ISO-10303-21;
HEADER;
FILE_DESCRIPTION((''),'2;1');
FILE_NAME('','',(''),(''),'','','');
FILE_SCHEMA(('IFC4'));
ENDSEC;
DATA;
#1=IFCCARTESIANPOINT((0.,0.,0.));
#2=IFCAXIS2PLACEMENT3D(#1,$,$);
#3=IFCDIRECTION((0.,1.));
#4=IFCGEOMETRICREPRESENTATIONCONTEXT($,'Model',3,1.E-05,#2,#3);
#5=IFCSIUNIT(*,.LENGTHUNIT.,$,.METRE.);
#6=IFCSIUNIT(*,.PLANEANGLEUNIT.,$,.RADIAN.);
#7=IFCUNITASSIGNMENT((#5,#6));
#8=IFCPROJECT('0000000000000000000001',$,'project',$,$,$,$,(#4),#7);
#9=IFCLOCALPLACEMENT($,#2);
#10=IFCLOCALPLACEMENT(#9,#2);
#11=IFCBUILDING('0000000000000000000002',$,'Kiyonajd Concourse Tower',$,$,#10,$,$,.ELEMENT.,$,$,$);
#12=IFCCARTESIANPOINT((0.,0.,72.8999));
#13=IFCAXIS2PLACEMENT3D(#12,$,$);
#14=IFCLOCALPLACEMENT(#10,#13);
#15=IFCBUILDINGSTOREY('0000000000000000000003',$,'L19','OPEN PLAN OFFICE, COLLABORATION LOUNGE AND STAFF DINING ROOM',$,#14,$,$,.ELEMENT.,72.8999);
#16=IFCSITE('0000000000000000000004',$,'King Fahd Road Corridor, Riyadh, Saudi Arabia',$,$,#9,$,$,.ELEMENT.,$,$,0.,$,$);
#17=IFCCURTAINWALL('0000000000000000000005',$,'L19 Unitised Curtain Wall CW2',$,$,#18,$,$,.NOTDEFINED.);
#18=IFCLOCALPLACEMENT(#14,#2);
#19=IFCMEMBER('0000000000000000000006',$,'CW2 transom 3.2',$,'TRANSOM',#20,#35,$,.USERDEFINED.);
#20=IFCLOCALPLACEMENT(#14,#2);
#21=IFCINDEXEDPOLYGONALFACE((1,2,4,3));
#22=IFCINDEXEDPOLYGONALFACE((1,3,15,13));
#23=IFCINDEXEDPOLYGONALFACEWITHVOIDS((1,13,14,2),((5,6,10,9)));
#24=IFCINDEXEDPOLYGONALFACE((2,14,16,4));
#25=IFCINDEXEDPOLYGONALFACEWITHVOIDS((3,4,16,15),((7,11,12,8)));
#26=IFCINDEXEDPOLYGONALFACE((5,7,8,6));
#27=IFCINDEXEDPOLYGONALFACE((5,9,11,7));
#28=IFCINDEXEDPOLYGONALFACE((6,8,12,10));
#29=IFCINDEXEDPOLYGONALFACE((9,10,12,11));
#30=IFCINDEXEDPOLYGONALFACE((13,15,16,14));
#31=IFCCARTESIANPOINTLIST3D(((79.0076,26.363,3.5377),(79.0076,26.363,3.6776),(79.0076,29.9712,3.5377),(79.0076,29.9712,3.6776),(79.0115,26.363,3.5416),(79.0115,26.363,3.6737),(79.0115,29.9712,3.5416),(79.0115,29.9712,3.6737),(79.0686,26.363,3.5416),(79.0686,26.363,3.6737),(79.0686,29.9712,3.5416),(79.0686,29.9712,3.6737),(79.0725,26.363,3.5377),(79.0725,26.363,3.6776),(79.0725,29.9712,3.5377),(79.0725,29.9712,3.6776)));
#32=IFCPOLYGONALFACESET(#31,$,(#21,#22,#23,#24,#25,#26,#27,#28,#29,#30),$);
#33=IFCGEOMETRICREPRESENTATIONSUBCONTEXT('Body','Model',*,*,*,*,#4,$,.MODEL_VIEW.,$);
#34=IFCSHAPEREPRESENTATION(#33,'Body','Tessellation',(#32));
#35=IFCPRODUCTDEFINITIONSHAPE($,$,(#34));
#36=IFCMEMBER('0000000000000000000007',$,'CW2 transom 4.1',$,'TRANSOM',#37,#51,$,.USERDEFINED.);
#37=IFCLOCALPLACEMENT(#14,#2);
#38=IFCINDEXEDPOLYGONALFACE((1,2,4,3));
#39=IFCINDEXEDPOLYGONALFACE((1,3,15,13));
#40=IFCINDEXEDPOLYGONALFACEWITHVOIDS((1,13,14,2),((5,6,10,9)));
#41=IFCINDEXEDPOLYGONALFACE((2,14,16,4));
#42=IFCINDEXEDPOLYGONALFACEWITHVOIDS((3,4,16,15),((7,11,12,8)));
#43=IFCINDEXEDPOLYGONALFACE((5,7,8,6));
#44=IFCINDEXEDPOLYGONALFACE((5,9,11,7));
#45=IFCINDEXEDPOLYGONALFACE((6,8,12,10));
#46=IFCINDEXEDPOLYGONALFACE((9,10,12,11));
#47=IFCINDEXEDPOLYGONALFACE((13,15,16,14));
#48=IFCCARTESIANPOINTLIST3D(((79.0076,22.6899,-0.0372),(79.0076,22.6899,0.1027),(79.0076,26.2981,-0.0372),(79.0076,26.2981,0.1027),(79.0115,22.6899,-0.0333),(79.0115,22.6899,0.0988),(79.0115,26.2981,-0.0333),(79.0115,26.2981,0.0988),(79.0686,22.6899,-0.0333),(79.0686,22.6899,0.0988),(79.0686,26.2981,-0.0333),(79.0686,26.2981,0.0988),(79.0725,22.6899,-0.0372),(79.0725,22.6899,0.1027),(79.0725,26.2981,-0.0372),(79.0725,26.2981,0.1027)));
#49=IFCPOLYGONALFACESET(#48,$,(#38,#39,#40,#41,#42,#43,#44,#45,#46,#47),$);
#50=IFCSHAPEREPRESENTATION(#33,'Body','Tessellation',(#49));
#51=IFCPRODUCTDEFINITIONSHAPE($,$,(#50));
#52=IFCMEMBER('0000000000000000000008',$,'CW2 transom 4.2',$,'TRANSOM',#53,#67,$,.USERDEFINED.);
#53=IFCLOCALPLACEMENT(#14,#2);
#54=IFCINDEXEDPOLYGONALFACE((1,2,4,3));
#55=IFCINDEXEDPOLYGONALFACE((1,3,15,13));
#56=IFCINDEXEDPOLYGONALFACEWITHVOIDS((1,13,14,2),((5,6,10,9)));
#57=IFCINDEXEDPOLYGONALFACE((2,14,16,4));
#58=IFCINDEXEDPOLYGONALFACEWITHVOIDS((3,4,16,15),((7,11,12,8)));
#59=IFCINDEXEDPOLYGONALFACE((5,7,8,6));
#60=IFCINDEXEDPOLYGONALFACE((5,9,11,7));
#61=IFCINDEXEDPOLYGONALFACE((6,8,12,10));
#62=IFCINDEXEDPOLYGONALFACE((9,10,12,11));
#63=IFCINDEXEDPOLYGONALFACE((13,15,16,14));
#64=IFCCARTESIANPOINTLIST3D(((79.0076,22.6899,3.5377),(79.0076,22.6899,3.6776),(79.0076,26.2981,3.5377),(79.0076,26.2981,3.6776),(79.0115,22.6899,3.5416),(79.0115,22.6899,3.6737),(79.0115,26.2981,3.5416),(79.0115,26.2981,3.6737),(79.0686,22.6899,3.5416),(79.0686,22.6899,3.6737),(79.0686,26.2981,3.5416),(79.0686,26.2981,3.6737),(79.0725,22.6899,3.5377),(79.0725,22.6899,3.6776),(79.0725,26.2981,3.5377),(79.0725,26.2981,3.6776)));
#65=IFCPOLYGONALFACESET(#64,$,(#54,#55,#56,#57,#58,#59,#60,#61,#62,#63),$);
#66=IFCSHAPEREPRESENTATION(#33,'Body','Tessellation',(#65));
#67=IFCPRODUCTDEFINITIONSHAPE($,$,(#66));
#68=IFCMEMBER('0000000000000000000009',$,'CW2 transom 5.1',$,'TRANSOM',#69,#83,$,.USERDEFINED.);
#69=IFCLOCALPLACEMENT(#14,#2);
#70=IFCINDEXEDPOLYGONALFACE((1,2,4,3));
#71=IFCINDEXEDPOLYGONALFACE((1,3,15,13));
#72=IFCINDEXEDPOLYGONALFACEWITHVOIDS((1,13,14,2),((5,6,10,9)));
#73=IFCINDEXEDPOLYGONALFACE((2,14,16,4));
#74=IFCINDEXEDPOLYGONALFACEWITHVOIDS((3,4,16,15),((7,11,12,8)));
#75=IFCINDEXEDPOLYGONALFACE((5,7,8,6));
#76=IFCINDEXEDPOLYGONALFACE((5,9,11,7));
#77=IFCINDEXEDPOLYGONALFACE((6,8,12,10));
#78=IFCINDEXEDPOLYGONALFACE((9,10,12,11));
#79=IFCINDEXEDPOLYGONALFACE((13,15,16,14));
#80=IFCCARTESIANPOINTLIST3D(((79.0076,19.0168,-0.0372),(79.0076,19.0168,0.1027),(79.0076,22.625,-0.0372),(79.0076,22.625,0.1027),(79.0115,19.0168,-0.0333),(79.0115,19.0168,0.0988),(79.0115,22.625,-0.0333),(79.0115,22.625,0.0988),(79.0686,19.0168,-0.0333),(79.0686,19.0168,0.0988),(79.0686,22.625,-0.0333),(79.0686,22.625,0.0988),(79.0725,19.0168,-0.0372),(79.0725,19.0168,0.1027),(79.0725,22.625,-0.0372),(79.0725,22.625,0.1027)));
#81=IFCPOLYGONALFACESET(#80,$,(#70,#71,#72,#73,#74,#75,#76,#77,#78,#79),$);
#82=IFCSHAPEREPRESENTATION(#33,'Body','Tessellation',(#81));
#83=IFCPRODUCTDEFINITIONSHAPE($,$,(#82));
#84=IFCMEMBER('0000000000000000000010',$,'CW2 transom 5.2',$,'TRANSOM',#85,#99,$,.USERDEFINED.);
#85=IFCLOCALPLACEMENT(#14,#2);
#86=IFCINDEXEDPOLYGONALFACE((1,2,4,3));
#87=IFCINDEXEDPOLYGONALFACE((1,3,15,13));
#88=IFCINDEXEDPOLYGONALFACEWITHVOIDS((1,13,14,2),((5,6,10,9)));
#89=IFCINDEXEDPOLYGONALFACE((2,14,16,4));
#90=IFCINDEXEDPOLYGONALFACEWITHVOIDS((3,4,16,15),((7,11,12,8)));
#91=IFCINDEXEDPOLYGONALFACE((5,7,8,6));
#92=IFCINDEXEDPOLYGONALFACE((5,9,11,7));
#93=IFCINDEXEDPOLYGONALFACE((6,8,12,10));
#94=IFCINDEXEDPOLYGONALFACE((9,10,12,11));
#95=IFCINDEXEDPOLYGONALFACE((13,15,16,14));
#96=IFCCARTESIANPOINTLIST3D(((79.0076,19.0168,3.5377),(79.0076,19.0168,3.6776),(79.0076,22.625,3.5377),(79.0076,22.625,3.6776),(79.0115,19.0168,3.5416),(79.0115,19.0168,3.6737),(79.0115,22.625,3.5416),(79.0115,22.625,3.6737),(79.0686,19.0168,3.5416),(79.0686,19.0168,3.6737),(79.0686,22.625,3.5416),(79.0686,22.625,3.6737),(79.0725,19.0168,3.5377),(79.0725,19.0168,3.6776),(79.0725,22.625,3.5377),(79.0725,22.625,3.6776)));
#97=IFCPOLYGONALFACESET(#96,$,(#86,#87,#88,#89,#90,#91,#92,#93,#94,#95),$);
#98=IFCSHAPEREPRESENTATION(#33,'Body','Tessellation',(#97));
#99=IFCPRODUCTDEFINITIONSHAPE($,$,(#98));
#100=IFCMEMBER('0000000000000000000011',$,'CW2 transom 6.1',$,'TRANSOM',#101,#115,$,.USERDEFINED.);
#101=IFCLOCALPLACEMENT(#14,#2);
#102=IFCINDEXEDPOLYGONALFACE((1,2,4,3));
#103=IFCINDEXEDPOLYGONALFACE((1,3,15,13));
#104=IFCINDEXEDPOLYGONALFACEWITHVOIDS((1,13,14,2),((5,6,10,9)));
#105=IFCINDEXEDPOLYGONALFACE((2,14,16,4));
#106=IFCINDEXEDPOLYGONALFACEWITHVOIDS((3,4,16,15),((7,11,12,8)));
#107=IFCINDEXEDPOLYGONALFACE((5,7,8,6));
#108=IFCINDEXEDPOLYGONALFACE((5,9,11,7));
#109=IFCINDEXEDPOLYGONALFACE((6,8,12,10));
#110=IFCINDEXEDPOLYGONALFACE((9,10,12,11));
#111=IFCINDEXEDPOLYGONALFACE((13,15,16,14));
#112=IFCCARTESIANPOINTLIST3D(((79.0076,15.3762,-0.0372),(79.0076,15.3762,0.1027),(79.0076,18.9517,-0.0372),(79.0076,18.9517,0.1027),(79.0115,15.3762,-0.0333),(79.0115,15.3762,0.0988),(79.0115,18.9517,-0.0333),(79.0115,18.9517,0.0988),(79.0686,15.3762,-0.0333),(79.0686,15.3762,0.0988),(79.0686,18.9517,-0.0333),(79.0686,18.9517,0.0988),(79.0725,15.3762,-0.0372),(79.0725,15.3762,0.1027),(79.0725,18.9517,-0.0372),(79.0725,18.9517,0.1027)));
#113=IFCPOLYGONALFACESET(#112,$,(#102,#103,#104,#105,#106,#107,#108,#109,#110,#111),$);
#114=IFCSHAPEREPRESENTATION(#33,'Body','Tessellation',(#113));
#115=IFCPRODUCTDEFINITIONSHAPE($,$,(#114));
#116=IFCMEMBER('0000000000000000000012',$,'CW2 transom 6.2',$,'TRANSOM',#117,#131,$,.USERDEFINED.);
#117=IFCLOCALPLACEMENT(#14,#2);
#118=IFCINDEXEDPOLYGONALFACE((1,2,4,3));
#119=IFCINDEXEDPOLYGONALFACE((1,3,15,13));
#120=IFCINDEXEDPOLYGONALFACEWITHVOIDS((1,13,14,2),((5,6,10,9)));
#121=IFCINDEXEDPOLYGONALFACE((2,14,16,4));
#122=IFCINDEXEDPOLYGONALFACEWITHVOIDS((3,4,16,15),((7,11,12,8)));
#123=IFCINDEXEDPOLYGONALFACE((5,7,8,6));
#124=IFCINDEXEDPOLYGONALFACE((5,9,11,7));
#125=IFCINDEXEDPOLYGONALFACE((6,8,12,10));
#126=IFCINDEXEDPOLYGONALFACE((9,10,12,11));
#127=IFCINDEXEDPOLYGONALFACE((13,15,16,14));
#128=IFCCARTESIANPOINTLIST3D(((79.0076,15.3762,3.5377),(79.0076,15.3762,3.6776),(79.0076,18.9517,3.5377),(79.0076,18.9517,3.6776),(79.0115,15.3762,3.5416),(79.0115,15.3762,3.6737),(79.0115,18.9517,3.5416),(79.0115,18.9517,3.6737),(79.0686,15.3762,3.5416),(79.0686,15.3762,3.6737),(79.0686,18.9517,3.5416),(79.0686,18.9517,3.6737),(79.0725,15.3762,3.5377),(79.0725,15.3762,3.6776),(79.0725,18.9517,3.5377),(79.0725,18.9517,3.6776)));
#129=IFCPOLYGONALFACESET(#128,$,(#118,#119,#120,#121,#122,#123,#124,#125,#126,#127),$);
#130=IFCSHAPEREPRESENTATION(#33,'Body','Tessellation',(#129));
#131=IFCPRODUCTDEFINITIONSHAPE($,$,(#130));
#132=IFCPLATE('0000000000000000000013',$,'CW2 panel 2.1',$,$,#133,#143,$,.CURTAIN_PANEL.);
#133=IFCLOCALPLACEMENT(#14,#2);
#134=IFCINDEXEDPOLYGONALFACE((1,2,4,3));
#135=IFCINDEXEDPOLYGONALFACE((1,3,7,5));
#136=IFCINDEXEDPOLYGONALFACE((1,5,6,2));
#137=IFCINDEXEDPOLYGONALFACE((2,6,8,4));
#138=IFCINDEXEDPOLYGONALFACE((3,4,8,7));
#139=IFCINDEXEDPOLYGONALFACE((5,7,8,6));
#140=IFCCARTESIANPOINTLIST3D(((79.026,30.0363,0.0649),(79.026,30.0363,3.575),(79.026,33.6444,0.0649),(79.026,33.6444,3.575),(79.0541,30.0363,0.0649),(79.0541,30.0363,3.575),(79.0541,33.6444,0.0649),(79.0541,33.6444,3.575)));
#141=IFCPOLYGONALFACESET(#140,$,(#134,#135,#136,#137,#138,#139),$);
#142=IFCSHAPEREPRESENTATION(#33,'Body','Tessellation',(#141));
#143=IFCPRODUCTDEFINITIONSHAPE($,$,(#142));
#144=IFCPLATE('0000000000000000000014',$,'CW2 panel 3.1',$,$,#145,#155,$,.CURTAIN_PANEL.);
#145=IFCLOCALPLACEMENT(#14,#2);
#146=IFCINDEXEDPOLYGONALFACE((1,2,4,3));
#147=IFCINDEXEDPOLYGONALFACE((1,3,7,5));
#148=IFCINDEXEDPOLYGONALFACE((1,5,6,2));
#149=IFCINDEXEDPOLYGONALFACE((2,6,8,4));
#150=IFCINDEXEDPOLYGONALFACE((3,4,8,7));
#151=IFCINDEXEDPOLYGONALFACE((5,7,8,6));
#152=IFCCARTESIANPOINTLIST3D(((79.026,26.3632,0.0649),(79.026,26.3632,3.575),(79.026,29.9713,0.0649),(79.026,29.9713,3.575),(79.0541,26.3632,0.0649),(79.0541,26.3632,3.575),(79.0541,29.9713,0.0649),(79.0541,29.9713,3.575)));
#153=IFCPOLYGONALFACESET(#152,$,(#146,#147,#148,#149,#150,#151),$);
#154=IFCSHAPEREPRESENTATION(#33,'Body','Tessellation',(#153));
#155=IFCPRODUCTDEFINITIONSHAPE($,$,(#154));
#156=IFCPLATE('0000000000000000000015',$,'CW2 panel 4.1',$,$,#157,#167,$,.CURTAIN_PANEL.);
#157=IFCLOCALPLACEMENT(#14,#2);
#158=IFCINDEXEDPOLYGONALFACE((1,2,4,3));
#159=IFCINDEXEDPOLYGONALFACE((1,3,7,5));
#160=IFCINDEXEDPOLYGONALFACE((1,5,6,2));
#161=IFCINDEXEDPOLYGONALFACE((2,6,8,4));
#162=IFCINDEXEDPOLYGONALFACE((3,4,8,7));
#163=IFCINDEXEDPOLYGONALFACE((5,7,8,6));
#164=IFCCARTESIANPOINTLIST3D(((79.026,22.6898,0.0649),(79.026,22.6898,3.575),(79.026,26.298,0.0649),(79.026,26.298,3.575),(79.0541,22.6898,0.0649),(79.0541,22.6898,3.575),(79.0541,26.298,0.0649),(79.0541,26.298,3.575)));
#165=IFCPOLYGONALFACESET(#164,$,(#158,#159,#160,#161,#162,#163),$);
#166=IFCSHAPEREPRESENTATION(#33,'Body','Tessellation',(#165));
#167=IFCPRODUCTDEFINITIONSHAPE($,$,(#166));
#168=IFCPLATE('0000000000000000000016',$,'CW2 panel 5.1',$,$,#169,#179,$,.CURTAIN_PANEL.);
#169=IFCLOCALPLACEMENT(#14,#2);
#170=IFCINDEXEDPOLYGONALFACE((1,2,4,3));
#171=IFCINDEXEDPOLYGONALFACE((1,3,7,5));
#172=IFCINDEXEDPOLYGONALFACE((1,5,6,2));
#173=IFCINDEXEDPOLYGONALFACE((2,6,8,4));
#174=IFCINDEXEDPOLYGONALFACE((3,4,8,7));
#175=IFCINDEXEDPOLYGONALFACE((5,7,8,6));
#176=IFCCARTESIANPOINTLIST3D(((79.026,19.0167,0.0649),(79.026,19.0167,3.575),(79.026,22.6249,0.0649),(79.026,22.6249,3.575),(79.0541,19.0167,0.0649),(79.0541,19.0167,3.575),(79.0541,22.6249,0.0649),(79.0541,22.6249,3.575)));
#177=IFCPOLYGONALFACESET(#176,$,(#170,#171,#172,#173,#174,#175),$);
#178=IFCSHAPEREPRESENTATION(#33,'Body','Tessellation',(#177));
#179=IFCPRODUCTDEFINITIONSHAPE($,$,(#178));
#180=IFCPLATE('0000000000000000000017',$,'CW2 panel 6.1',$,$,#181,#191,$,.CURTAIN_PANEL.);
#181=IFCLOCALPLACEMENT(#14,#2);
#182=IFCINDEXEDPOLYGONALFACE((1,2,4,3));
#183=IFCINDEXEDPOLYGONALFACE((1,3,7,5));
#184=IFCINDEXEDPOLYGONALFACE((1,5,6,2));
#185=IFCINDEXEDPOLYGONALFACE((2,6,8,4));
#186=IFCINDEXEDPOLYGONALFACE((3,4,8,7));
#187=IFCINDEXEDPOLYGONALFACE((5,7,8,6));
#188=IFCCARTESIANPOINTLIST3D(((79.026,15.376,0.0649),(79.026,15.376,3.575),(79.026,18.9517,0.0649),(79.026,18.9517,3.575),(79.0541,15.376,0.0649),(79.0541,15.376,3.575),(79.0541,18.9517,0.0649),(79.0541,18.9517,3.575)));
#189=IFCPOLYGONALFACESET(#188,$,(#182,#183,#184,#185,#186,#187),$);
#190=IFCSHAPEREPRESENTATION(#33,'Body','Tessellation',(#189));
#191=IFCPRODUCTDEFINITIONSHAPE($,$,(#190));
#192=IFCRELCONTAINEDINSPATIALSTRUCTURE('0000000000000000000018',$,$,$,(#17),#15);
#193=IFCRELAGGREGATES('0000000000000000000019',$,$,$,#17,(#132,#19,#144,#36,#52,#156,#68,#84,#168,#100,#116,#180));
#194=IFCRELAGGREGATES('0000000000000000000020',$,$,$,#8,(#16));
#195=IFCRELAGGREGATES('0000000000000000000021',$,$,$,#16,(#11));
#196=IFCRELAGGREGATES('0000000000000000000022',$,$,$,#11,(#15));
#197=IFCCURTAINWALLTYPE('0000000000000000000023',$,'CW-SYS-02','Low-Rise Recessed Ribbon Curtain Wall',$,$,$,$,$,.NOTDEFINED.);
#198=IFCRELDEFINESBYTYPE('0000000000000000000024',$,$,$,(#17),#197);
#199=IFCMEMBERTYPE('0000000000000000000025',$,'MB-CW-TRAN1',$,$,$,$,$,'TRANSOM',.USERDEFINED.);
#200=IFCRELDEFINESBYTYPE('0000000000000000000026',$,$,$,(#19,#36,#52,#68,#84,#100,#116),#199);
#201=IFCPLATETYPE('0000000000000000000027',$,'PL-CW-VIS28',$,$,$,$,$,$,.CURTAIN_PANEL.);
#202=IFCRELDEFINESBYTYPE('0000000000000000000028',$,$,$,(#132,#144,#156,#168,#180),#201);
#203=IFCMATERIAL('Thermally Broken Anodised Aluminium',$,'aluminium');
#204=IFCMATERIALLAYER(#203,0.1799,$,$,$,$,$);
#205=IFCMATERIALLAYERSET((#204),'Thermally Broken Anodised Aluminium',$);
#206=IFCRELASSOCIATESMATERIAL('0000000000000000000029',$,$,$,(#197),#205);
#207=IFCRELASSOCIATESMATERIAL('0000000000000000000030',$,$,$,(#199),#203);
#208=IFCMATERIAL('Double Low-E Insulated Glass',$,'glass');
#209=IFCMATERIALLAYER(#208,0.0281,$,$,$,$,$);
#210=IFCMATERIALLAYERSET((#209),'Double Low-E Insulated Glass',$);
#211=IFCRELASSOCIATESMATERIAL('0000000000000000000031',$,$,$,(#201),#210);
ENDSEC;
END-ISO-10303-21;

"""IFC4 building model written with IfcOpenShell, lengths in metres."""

from ifc_helpers import new_model, si_unit, direction, frame, origin, origin_2d, place, context, subcontext, project, spatial, rectangle, hollow_rectangle, extrude, material, layer, layer_set, material_profile, profile_set, type_object, element, aggregate, save


model = new_model("IFC4")

# Units and contexts
model_context = context("Model", 3, precision=1e-05, world=origin(), true_north=direction((0.0, 1.0)))
body_context = subcontext(model_context, "Body", "Model", "MODEL_VIEW")
ifc_project = project(units=[si_unit("LENGTHUNIT", "METRE"), si_unit("PLANEANGLEUNIT", "RADIAN")], contexts=[model_context])

# Site, building, storey
site_placement = place(None, origin())
site = spatial("IfcSite", under=ifc_project, at=site_placement, Name="King Fahd Road Corridor, Riyadh, Saudi Arabia", CompositionType="ELEMENT", RefElevation=0.0)
building_placement = place(site_placement, origin())
building = spatial("IfcBuilding", under=site, at=building_placement, Name="Kiyonajd Concourse Tower", CompositionType="ELEMENT")
storey_placement = place(building_placement, frame((0.0, 0.0, 72.8999)))
storey = spatial("IfcBuildingStorey", under=building, at=storey_placement, Name="L19", Description="OPEN PLAN OFFICE, COLLABORATION LOUNGE AND STAFF DINING ROOM", CompositionType="ELEMENT", Elevation=72.8999)

# Curtain wall, members, plates
ifc_material_1 = material(Name="Thermally Broken Anodised Aluminium", Category="aluminium")
ifc_layer_1 = layer(ifc_material_1, 0.1799)
ifc_layer_set_1 = layer_set([ifc_layer_1], Name="Thermally Broken Anodised Aluminium")
curtain_wall_type = type_object("IfcCurtainWallType", Name="CW-SYS-02", Description="Low-Rise Recessed Ribbon Curtain Wall", PredefinedType="NOTDEFINED", material=ifc_layer_set_1)
curtain_wall_placement = place(storey_placement, origin())
curtain_wall = element("IfcCurtainWall", 1, at=curtain_wall_placement, inside=storey, type_object=curtain_wall_type, Name="L19 Unitised Curtain Wall CW2", PredefinedType="NOTDEFINED")
ifc_material_profile_1 = material_profile(ifc_material_1, hollow_rectangle(XDim=0.0649, YDim=0.1399, WallThickness=0.0039, at=origin_2d()), Name="TRAN-65x140")
ifc_profile_set_1 = profile_set([ifc_material_profile_1], Name="Thermally Broken Anodised Aluminium")
member_type_1 = type_object("IfcMemberType", Name="MB-CW-TRAN1", ElementType="TRANSOM", PredefinedType="USERDEFINED", material=ifc_profile_set_1)
member_1_placement = place(storey_placement, frame((79.04, 29.9712, 3.6077), z_axis=(0.0, -1.0, 0.0), x_axis=(1.0, 0.0, 0.0)))
member_1 = element("IfcMember", 2, at=member_1_placement, type_object=member_type_1, Name="CW2 transom 3.2", ObjectType="TRANSOM", PredefinedType="USERDEFINED", context=body_context, shape_type="SweptSolid", body=[
    extrude(hollow_rectangle(XDim=0.0649, YDim=0.1399, WallThickness=0.0039, at=origin_2d()), origin(), (0.0, 0.0, 1.0), 3.6082),
])
member_2_placement = place(storey_placement, frame((79.04, 26.2981, 0.0327), z_axis=(0.0, -1.0, 0.0), x_axis=(1.0, 0.0, 0.0)))
member_2 = element("IfcMember", 3, at=member_2_placement, type_object=member_type_1, Name="CW2 transom 4.1", ObjectType="TRANSOM", PredefinedType="USERDEFINED", context=body_context, shape_type="SweptSolid", body=[
    extrude(hollow_rectangle(XDim=0.0649, YDim=0.1399, WallThickness=0.0039, at=origin_2d()), origin(), (0.0, 0.0, 1.0), 3.6082),
])
member_3_placement = place(storey_placement, frame((79.04, 26.2981, 3.6077), z_axis=(0.0, -1.0, 0.0), x_axis=(1.0, 0.0, 0.0)))
member_3 = element("IfcMember", 4, at=member_3_placement, type_object=member_type_1, Name="CW2 transom 4.2", ObjectType="TRANSOM", PredefinedType="USERDEFINED", context=body_context, shape_type="SweptSolid", body=[
    extrude(hollow_rectangle(XDim=0.0649, YDim=0.1399, WallThickness=0.0039, at=origin_2d()), origin(), (0.0, 0.0, 1.0), 3.6082),
])
member_4_placement = place(storey_placement, frame((79.04, 22.625, 0.0327), z_axis=(0.0, -1.0, 0.0), x_axis=(1.0, 0.0, 0.0)))
member_4 = element("IfcMember", 5, at=member_4_placement, type_object=member_type_1, Name="CW2 transom 5.1", ObjectType="TRANSOM", PredefinedType="USERDEFINED", context=body_context, shape_type="SweptSolid", body=[
    extrude(hollow_rectangle(XDim=0.0649, YDim=0.1399, WallThickness=0.0039, at=origin_2d()), origin(), (0.0, 0.0, 1.0), 3.6082),
])
member_5_placement = place(storey_placement, frame((79.04, 22.625, 3.6077), z_axis=(0.0, -1.0, 0.0), x_axis=(1.0, 0.0, 0.0)))
member_5 = element("IfcMember", 6, at=member_5_placement, type_object=member_type_1, Name="CW2 transom 5.2", ObjectType="TRANSOM", PredefinedType="USERDEFINED", context=body_context, shape_type="SweptSolid", body=[
    extrude(hollow_rectangle(XDim=0.0649, YDim=0.1399, WallThickness=0.0039, at=origin_2d()), origin(), (0.0, 0.0, 1.0), 3.6082),
])
member_6_placement = place(storey_placement, frame((79.04, 18.9517, 0.0327), z_axis=(0.0, -1.0, 0.0), x_axis=(1.0, 0.0, 0.0)))
member_6 = element("IfcMember", 7, at=member_6_placement, type_object=member_type_1, Name="CW2 transom 6.1", ObjectType="TRANSOM", PredefinedType="USERDEFINED", context=body_context, shape_type="SweptSolid", body=[
    extrude(hollow_rectangle(XDim=0.0649, YDim=0.1399, WallThickness=0.0039, at=origin_2d()), origin(), (0.0, 0.0, 1.0), 3.5754),
])
member_7_placement = place(storey_placement, frame((79.04, 18.9517, 3.6077), z_axis=(0.0, -1.0, 0.0), x_axis=(1.0, 0.0, 0.0)))
member_7 = element("IfcMember", 8, at=member_7_placement, type_object=member_type_1, Name="CW2 transom 6.2", ObjectType="TRANSOM", PredefinedType="USERDEFINED", context=body_context, shape_type="SweptSolid", body=[
    extrude(hollow_rectangle(XDim=0.0649, YDim=0.1399, WallThickness=0.0039, at=origin_2d()), origin(), (0.0, 0.0, 1.0), 3.5754),
])
ifc_material_2 = material(Name="Double Low-E Insulated Glass", Category="glass")
ifc_layer_2 = layer(ifc_material_2, 0.0281)
ifc_layer_set_2 = layer_set([ifc_layer_2], Name="Double Low-E Insulated Glass")
plate_type = type_object("IfcPlateType", Name="PL-CW-VIS28", PredefinedType="CURTAIN_PANEL", material=ifc_layer_set_2)
plate_1_placement = place(storey_placement, frame((79.04, 31.8403, 0.0649), z_axis=(0.0, 0.0, 1.0), x_axis=(0.0, -1.0, 0.0)))
plate_1 = element("IfcPlate", 9, at=plate_1_placement, type_object=plate_type, Name="CW2 panel 2.1", PredefinedType="CURTAIN_PANEL", context=body_context, shape_type="SweptSolid", body=[
    extrude(rectangle(XDim=3.6082, YDim=0.0281, at=origin_2d()), origin(), (0.0, 0.0, 1.0), 3.51),
])
plate_2_placement = place(storey_placement, frame((79.04, 28.1672, 0.0649), z_axis=(0.0, 0.0, 1.0), x_axis=(0.0, -1.0, 0.0)))
plate_2 = element("IfcPlate", 10, at=plate_2_placement, type_object=plate_type, Name="CW2 panel 3.1", PredefinedType="CURTAIN_PANEL", context=body_context, shape_type="SweptSolid", body=[
    extrude(rectangle(XDim=3.6082, YDim=0.0281, at=origin_2d()), origin(), (0.0, 0.0, 1.0), 3.51),
])
plate_3_placement = place(storey_placement, frame((79.04, 24.4939, 0.0649), z_axis=(0.0, 0.0, 1.0), x_axis=(0.0, -1.0, 0.0)))
plate_3 = element("IfcPlate", 11, at=plate_3_placement, type_object=plate_type, Name="CW2 panel 4.1", PredefinedType="CURTAIN_PANEL", context=body_context, shape_type="SweptSolid", body=[
    extrude(rectangle(XDim=3.6082, YDim=0.0281, at=origin_2d()), origin(), (0.0, 0.0, 1.0), 3.51),
])
plate_4_placement = place(storey_placement, frame((79.04, 20.8208, 0.0649), z_axis=(0.0, 0.0, 1.0), x_axis=(0.0, -1.0, 0.0)))
plate_4 = element("IfcPlate", 12, at=plate_4_placement, type_object=plate_type, Name="CW2 panel 5.1", PredefinedType="CURTAIN_PANEL", context=body_context, shape_type="SweptSolid", body=[
    extrude(rectangle(XDim=3.6082, YDim=0.0281, at=origin_2d()), origin(), (0.0, 0.0, 1.0), 3.51),
])
plate_5_placement = place(storey_placement, frame((79.04, 17.1638, 0.0649), z_axis=(0.0, 0.0, 1.0), x_axis=(0.0, -1.0, 0.0)))
plate_5 = element("IfcPlate", 13, at=plate_5_placement, type_object=plate_type, Name="CW2 panel 6.1", PredefinedType="CURTAIN_PANEL", context=body_context, shape_type="SweptSolid", body=[
    extrude(rectangle(XDim=3.5757, YDim=0.0281, at=origin_2d()), origin(), (0.0, 0.0, 1.0), 3.51),
])
aggregate(curtain_wall, [plate_1, member_1, plate_2, member_2, member_3, plate_3, member_4, member_5, plate_4, member_6, member_7, plate_5])

save(model, "model.ifc")
